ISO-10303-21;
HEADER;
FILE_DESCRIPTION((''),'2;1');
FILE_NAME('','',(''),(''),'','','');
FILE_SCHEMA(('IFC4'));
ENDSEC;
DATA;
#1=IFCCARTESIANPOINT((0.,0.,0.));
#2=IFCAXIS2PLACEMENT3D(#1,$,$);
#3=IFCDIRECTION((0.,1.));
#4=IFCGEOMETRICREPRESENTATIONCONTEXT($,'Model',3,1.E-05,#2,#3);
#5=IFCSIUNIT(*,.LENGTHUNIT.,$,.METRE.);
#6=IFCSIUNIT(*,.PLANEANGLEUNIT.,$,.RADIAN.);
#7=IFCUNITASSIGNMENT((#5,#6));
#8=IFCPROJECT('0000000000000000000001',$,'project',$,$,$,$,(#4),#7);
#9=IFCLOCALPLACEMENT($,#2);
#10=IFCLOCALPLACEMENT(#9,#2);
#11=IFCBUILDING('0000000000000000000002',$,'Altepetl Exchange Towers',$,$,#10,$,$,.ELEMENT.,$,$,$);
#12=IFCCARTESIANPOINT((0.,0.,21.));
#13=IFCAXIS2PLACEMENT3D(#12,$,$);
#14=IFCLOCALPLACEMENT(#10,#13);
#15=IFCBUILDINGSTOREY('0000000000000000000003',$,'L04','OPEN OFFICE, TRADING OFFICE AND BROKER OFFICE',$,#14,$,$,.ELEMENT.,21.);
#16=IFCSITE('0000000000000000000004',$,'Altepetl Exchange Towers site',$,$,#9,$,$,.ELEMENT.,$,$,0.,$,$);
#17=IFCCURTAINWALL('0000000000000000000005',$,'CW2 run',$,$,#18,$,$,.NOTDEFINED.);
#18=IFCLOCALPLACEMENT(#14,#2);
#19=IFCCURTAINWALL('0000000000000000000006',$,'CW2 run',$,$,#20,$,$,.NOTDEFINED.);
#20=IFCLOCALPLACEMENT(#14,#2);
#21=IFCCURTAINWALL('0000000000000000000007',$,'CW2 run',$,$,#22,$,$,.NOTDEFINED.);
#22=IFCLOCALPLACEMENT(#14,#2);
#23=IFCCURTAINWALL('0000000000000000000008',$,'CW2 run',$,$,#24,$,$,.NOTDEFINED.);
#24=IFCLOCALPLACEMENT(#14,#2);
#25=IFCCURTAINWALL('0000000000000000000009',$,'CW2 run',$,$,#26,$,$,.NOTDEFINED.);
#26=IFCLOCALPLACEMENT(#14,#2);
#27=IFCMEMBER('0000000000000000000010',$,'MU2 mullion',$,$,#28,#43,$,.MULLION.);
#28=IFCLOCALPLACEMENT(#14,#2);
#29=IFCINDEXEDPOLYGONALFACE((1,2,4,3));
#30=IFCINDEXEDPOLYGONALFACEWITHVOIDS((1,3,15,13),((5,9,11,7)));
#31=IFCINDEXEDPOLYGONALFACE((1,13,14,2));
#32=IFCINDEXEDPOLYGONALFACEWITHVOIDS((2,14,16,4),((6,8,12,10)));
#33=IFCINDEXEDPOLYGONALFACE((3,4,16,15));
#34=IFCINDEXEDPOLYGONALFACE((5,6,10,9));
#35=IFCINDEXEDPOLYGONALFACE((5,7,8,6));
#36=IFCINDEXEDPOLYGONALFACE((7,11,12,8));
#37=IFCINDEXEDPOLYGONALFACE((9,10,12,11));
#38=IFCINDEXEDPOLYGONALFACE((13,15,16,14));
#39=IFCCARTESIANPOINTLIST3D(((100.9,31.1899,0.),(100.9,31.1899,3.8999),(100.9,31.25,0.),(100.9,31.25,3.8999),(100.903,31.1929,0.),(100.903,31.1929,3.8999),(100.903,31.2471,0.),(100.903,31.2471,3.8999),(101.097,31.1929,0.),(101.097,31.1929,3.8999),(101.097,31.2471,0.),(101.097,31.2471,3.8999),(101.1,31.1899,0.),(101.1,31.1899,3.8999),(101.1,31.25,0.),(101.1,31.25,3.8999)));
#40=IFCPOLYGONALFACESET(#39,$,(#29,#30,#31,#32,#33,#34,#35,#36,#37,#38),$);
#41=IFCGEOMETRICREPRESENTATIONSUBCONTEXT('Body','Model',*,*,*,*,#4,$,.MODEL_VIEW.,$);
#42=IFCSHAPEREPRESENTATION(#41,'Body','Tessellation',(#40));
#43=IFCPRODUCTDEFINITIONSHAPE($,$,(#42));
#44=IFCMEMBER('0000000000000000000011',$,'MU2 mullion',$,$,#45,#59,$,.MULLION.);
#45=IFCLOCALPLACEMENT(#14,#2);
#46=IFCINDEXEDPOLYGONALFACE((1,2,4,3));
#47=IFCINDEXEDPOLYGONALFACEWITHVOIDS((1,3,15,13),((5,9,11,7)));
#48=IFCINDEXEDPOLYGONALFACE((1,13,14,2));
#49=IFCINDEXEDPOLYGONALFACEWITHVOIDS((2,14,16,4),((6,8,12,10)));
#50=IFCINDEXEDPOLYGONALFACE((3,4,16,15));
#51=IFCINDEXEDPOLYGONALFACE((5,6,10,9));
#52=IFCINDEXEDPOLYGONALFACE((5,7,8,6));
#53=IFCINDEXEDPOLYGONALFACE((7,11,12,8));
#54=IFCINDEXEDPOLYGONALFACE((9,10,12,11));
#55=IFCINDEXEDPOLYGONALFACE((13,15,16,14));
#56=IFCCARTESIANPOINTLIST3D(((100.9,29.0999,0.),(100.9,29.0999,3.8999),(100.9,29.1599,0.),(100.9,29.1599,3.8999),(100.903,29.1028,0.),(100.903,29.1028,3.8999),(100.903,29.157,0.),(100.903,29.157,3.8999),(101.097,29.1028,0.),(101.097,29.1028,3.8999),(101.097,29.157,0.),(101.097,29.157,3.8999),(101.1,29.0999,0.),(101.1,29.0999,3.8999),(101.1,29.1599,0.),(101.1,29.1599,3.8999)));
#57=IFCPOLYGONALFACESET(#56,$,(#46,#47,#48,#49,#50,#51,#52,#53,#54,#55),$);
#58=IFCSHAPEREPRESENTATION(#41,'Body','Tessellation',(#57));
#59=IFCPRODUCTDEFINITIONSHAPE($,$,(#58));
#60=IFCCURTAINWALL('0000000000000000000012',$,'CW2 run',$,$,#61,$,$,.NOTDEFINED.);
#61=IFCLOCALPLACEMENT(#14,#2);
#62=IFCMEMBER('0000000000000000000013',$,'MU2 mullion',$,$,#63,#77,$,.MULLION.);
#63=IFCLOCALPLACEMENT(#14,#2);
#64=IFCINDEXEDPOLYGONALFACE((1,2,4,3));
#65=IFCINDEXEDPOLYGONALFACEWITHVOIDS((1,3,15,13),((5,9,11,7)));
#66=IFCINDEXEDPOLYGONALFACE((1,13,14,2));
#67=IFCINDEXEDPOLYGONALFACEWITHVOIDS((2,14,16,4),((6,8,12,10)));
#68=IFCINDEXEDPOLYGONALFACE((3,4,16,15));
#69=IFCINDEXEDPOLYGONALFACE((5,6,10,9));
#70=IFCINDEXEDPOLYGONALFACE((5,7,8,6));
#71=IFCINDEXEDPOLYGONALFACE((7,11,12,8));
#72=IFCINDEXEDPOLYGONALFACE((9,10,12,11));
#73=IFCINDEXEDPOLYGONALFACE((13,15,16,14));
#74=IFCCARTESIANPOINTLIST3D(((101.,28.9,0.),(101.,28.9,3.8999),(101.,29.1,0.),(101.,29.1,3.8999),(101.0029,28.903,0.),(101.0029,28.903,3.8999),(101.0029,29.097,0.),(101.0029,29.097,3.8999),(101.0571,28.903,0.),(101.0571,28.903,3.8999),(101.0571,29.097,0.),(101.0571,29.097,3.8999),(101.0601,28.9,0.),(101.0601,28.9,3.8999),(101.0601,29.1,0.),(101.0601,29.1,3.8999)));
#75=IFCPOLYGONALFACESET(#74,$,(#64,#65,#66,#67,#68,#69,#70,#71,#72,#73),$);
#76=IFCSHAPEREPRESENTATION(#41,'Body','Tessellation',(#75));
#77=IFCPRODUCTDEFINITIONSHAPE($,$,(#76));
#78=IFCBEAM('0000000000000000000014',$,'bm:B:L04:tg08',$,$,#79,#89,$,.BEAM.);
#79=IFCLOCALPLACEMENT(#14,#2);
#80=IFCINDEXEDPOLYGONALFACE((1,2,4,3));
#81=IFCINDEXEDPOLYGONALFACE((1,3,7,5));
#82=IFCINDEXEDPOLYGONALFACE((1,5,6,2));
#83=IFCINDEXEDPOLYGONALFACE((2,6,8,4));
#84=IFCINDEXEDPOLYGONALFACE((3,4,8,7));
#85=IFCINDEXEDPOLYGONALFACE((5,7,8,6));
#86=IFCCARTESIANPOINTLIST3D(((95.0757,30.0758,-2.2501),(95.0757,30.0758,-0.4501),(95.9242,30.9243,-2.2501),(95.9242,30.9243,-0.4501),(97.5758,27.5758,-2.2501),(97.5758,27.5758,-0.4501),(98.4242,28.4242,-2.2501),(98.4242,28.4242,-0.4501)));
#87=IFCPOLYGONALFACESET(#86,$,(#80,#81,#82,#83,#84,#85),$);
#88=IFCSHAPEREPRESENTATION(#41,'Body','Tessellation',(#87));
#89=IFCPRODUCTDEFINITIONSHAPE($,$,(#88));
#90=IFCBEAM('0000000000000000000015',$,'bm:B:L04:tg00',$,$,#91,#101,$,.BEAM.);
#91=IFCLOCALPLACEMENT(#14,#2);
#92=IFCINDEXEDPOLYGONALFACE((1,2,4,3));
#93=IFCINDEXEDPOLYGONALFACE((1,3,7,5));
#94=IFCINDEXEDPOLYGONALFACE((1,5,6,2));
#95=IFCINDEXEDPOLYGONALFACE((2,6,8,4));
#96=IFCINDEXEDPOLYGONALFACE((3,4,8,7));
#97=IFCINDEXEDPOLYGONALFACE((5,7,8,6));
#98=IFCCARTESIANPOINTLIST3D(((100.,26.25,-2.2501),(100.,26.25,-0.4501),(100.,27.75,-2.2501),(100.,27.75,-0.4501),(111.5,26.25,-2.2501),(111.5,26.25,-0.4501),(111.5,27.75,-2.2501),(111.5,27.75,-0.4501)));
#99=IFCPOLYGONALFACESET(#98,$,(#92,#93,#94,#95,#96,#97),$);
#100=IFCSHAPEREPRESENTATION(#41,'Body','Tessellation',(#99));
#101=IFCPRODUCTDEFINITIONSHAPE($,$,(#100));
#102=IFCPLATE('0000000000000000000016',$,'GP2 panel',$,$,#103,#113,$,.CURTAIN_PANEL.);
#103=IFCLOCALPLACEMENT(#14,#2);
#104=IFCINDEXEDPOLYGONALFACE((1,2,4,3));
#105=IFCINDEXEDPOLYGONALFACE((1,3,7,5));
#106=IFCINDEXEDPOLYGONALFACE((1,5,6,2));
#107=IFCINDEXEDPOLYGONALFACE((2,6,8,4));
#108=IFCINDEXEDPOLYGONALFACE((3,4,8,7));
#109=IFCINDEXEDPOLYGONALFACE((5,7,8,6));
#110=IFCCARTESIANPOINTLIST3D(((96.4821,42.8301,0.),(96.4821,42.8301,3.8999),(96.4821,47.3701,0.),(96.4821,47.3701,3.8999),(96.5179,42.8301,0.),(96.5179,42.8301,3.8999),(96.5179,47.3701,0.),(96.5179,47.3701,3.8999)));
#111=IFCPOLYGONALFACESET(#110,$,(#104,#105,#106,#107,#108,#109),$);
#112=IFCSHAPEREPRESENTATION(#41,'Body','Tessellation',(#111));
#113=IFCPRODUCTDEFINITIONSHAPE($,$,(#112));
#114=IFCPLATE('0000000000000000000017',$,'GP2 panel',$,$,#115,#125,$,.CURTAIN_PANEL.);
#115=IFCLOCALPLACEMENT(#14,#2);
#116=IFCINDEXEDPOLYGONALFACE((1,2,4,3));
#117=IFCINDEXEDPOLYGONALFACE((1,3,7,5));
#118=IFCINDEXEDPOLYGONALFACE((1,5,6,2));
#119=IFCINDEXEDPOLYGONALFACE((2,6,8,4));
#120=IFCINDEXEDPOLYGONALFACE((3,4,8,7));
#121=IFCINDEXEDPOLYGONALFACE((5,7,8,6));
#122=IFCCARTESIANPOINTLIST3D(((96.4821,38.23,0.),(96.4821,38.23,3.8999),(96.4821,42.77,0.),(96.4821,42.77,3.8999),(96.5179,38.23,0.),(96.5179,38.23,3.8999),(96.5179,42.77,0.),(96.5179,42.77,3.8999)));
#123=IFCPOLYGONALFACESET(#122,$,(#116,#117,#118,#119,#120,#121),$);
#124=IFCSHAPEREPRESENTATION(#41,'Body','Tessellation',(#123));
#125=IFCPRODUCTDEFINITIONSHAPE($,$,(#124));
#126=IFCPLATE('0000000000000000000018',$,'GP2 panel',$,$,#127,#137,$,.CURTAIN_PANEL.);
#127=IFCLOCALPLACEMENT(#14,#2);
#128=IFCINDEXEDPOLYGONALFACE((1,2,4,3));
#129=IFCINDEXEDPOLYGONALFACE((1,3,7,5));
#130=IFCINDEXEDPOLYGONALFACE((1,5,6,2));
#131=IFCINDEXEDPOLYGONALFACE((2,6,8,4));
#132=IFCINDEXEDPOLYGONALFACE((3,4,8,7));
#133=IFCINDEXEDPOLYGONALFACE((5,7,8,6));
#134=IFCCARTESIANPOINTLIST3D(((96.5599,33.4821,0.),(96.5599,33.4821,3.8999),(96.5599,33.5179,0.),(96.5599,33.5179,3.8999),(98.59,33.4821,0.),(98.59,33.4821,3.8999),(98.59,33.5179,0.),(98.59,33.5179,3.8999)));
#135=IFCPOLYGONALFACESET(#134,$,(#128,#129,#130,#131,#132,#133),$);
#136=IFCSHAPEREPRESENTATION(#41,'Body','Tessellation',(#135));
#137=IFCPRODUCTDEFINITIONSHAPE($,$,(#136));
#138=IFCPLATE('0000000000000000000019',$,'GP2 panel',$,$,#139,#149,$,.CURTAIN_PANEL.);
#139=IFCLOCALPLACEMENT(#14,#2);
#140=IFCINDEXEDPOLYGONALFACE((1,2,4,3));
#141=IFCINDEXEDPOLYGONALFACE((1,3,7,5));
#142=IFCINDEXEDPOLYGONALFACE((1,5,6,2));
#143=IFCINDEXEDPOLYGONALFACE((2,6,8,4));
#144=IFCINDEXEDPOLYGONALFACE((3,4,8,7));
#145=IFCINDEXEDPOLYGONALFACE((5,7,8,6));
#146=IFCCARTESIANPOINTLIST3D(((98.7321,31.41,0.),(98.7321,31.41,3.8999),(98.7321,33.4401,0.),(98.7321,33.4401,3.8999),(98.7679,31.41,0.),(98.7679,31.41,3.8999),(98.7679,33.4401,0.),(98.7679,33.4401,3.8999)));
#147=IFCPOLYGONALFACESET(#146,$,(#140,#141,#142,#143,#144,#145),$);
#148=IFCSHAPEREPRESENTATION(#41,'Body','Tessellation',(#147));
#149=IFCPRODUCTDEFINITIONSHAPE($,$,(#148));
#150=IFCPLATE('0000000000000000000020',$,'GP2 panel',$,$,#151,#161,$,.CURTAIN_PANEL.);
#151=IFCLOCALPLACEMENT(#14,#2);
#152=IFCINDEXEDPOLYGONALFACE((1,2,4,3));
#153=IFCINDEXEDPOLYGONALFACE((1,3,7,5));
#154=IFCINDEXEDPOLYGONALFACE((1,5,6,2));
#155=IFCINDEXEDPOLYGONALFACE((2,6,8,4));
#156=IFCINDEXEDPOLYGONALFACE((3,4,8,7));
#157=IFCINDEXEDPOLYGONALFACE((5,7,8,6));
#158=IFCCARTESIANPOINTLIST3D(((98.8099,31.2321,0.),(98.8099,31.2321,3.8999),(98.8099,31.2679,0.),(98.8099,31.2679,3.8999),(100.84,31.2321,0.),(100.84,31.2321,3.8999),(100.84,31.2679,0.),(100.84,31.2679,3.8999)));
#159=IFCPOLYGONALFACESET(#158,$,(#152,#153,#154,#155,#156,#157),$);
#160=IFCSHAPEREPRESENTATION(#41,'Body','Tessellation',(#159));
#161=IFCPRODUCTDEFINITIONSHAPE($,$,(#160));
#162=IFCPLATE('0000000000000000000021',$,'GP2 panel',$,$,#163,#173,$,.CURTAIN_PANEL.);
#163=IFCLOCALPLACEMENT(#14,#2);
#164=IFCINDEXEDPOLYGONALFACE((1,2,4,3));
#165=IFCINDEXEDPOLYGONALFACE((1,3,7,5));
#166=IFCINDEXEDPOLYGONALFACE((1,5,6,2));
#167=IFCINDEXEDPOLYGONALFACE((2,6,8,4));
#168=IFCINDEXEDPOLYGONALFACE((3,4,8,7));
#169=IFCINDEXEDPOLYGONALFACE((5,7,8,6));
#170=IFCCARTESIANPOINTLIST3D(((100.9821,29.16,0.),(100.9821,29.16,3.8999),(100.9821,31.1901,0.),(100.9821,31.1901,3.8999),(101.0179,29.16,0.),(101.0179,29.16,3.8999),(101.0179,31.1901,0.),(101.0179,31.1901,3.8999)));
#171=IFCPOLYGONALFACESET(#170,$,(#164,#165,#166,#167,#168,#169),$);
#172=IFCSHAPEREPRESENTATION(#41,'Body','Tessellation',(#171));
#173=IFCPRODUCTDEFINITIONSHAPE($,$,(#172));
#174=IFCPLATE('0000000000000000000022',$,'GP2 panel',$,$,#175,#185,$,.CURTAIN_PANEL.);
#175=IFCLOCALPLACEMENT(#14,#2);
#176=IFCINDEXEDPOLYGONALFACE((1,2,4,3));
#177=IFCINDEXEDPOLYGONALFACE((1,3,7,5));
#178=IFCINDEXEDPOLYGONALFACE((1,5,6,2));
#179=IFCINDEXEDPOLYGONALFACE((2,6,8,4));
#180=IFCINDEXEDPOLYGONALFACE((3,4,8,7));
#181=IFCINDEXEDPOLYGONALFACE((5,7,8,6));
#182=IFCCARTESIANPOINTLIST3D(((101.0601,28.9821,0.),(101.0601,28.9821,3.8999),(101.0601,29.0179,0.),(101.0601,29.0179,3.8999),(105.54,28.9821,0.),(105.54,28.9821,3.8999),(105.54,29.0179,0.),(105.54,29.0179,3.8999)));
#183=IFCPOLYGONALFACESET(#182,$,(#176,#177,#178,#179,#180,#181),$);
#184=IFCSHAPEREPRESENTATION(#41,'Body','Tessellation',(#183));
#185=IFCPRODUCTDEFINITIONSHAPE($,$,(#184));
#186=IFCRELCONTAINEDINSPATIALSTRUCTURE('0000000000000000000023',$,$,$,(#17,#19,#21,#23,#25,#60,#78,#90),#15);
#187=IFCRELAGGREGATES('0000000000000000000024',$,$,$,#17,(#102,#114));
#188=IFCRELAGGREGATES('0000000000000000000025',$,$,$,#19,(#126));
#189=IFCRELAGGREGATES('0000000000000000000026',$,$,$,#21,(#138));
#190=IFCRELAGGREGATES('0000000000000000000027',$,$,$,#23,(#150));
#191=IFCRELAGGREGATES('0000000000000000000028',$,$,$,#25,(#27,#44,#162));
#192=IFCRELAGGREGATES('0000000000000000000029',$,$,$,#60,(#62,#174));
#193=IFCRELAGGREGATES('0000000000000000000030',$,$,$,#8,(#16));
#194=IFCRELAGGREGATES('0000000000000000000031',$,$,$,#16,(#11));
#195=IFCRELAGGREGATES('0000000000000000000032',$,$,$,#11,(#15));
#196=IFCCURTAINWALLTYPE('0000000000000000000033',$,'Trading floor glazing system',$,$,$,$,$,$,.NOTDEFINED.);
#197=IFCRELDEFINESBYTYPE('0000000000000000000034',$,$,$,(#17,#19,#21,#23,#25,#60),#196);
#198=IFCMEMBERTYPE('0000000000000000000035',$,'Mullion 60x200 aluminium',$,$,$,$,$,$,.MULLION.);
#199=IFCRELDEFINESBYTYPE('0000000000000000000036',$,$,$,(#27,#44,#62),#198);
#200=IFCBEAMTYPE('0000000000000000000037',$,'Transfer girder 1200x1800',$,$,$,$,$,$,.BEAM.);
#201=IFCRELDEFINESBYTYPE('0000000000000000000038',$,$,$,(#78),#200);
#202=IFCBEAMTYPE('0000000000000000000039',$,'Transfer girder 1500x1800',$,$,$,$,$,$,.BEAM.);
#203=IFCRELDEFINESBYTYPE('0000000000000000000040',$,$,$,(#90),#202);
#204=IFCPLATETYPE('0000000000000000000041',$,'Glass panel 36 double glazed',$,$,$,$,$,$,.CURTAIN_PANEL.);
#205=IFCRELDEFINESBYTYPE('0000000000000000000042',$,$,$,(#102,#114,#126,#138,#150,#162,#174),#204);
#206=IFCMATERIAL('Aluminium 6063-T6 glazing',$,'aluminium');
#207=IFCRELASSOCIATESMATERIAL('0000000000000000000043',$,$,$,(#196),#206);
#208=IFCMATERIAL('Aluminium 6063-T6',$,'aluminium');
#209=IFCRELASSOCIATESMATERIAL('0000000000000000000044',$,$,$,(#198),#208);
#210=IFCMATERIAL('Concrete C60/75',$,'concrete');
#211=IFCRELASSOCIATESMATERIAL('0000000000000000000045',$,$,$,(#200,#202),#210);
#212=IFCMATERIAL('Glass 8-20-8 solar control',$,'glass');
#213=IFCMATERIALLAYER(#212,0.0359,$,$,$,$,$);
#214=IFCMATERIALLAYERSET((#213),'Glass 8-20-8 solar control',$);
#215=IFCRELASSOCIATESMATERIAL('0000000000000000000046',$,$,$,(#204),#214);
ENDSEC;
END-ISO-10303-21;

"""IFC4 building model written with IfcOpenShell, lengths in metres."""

from ifc_helpers import new_model, si_unit, direction, frame, origin, origin_2d, place, context, subcontext, project, spatial, rectangle, hollow_rectangle, extrude, material, layer, layer_set, material_profile, profile_set, type_object, element, aggregate, save


model = new_model("IFC4")

# Units and contexts
model_context = context("Model", 3, precision=1e-05, world=origin(), true_north=direction((0.0, 1.0)))
body_context = subcontext(model_context, "Body", "Model", "MODEL_VIEW")
ifc_project = project(units=[si_unit("LENGTHUNIT", "METRE"), si_unit("PLANEANGLEUNIT", "RADIAN")], contexts=[model_context])

# Site, building, storey
site_placement = place(None, origin())
site = spatial("IfcSite", under=ifc_project, at=site_placement, Name="Altepetl Exchange Towers site", CompositionType="ELEMENT", RefElevation=0.0)
building_placement = place(site_placement, origin())
building = spatial("IfcBuilding", under=site, at=building_placement, Name="Altepetl Exchange Towers", CompositionType="ELEMENT")
storey_placement = place(building_placement, frame((0.0, 0.0, 21.0)))
storey = spatial("IfcBuildingStorey", under=building, at=storey_placement, Name="L04", Description="OPEN OFFICE, TRADING OFFICE AND BROKER OFFICE", CompositionType="ELEMENT", Elevation=21.0)

# Curtain walls, members
ifc_material_1 = material(Name="Aluminium 6063-T6 glazing", Category="aluminium")
curtain_wall_type = type_object("IfcCurtainWallType", Name="Trading floor glazing system", PredefinedType="NOTDEFINED", material=ifc_material_1)
curtain_wall_1_placement = place(storey_placement, origin())
curtain_wall_1 = element("IfcCurtainWall", 1, at=curtain_wall_1_placement, inside=storey, type_object=curtain_wall_type, Name="CW2 run", PredefinedType="NOTDEFINED")
ifc_material_2 = material(Name="Aluminium 6063-T6", Category="aluminium")
ifc_material_profile_1 = material_profile(ifc_material_2, hollow_rectangle(XDim=0.0601, YDim=0.2, WallThickness=0.0029, at=origin_2d()), Name="Mullion 60x200 aluminium")
ifc_profile_set_1 = profile_set([ifc_material_profile_1], Name="Aluminium 6063-T6")
member_type = type_object("IfcMemberType", Name="Mullion 60x200 aluminium", PredefinedType="MULLION", material=ifc_profile_set_1)
curtain_wall_2_placement = place(storey_placement, origin())
curtain_wall_2 = element("IfcCurtainWall", 2, at=curtain_wall_2_placement, inside=storey, type_object=curtain_wall_type, Name="CW2 run", PredefinedType="NOTDEFINED")
curtain_wall_3_placement = place(storey_placement, origin())
curtain_wall_3 = element("IfcCurtainWall", 3, at=curtain_wall_3_placement, inside=storey, type_object=curtain_wall_type, Name="CW2 run", PredefinedType="NOTDEFINED")
curtain_wall_4_placement = place(storey_placement, origin())
curtain_wall_4 = element("IfcCurtainWall", 4, at=curtain_wall_4_placement, inside=storey, type_object=curtain_wall_type, Name="CW2 run", PredefinedType="NOTDEFINED")
curtain_wall_5_placement = place(storey_placement, origin())
curtain_wall_5 = element("IfcCurtainWall", 5, at=curtain_wall_5_placement, inside=storey, type_object=curtain_wall_type, Name="CW2 run", PredefinedType="NOTDEFINED")
member_1_placement = place(storey_placement, frame((101.0, 31.22, 0.0), z_axis=(0.0, 0.0, 1.0), x_axis=(0.0, -1.0, 0.0)))
member_1 = element("IfcMember", 6, at=member_1_placement, type_object=member_type, Name="MU2 mullion", PredefinedType="MULLION", context=body_context, shape_type="SweptSolid", body=[
    extrude(hollow_rectangle(XDim=0.0601, YDim=0.2, WallThickness=0.0029, at=origin_2d()), origin(), (0.0, 0.0, 1.0), 3.8999),
])
member_2_placement = place(storey_placement, frame((101.0, 29.1299, 0.0), z_axis=(0.0, 0.0, 1.0), x_axis=(0.0, -1.0, 0.0)))
member_2 = element("IfcMember", 7, at=member_2_placement, type_object=member_type, Name="MU2 mullion", PredefinedType="MULLION", context=body_context, shape_type="SweptSolid", body=[
    extrude(hollow_rectangle(XDim=0.0601, YDim=0.2, WallThickness=0.0029, at=origin_2d()), origin(), (0.0, 0.0, 1.0), 3.8999),
])

# Curtain wall, member
curtain_wall_6_placement = place(storey_placement, origin())
curtain_wall_6 = element("IfcCurtainWall", 8, at=curtain_wall_6_placement, inside=storey, type_object=curtain_wall_type, Name="CW2 run", PredefinedType="NOTDEFINED")
member_3_placement = place(storey_placement, frame((101.03, 29.0, 0.0)))
member_3 = element("IfcMember", 9, at=member_3_placement, type_object=member_type, Name="MU2 mullion", PredefinedType="MULLION", context=body_context, shape_type="SweptSolid", body=[
    extrude(hollow_rectangle(XDim=0.0601, YDim=0.2, WallThickness=0.0029, at=origin_2d()), origin(), (0.0, 0.0, 1.0), 3.8999),
])

# Beams
ifc_material_3 = material(Name="Concrete C60/75", Category="concrete")
ifc_material_profile_2 = material_profile(ifc_material_3, rectangle(XDim=1.2, YDim=1.8, at=origin_2d()), Name="1200 x 1800")
ifc_profile_set_2 = profile_set([ifc_material_profile_2], Name="Concrete C60/75")
beam_type_1 = type_object("IfcBeamType", Name="Transfer girder 1200x1800", PredefinedType="BEAM", material=ifc_profile_set_2)
beam_1_placement = place(storey_placement, frame((98.0, 28.0, -1.3501), z_axis=(-0.707107, 0.707107, 0.0), x_axis=(-0.707107, -0.707107, 0.0)))
element("IfcBeam", 10, at=beam_1_placement, inside=storey, type_object=beam_type_1, Name="bm:B:L04:tg08", PredefinedType="BEAM", context=body_context, shape_type="SweptSolid", body=[
    extrude(rectangle(XDim=1.2, YDim=1.8, at=origin_2d()), origin(), (0.0, 0.0, 1.0), 3.5356),
])
ifc_material_profile_3 = material_profile(ifc_material_3, rectangle(XDim=1.5, YDim=1.8, at=origin_2d()), Name="1500 x 1800")
ifc_profile_set_3 = profile_set([ifc_material_profile_3], Name="Concrete C60/75")
beam_type_2 = type_object("IfcBeamType", Name="Transfer girder 1500x1800", PredefinedType="BEAM", material=ifc_profile_set_3)
beam_2_placement = place(storey_placement, frame((100.0, 27.0, -1.3501), z_axis=(1.0, 0.0, 0.0), x_axis=(0.0, 1.0, 0.0)))
element("IfcBeam", 11, at=beam_2_placement, inside=storey, type_object=beam_type_2, Name="bm:B:L04:tg00", PredefinedType="BEAM", context=body_context, shape_type="SweptSolid", body=[
    extrude(rectangle(XDim=1.5, YDim=1.8, at=origin_2d()), origin(), (0.0, 0.0, 1.0), 11.5),
])

# Plates
ifc_material_4 = material(Name="Glass 8-20-8 solar control", Category="glass")
ifc_layer_1 = layer(ifc_material_4, 0.0359)
ifc_layer_set_1 = layer_set([ifc_layer_1], Name="Glass 8-20-8 solar control")
plate_type = type_object("IfcPlateType", Name="Glass panel 36 double glazed", PredefinedType="CURTAIN_PANEL", material=ifc_layer_set_1)
plate_1_placement = place(storey_placement, frame((96.5, 45.1001, 0.0), z_axis=(0.0, 0.0, 1.0), x_axis=(0.0, -1.0, 0.0)))
plate_1 = element("IfcPlate", 12, at=plate_1_placement, type_object=plate_type, Name="GP2 panel", PredefinedType="CURTAIN_PANEL", context=body_context, shape_type="SweptSolid", body=[
    extrude(rectangle(XDim=4.54, YDim=0.0359, at=origin_2d()), origin(), (0.0, 0.0, 1.0), 3.8999),
])
plate_2_placement = place(storey_placement, frame((96.5, 40.5, 0.0), z_axis=(0.0, 0.0, 1.0), x_axis=(0.0, -1.0, 0.0)))
plate_2 = element("IfcPlate", 13, at=plate_2_placement, type_object=plate_type, Name="GP2 panel", PredefinedType="CURTAIN_PANEL", context=body_context, shape_type="SweptSolid", body=[
    extrude(rectangle(XDim=4.54, YDim=0.0359, at=origin_2d()), origin(), (0.0, 0.0, 1.0), 3.8999),
])
aggregate(curtain_wall_1, [plate_1, plate_2])
plate_3_placement = place(storey_placement, frame((97.575, 33.5, 0.0)))
plate_3 = element("IfcPlate", 14, at=plate_3_placement, type_object=plate_type, Name="GP2 panel", PredefinedType="CURTAIN_PANEL", context=body_context, shape_type="SweptSolid", body=[
    extrude(rectangle(XDim=2.03, YDim=0.0359, at=origin_2d()), origin(), (0.0, 0.0, 1.0), 3.8999),
])
aggregate(curtain_wall_2, [plate_3])
plate_4_placement = place(storey_placement, frame((98.75, 32.425, 0.0), z_axis=(0.0, 0.0, 1.0), x_axis=(0.0, -1.0, 0.0)))
plate_4 = element("IfcPlate", 15, at=plate_4_placement, type_object=plate_type, Name="GP2 panel", PredefinedType="CURTAIN_PANEL", context=body_context, shape_type="SweptSolid", body=[
    extrude(rectangle(XDim=2.03, YDim=0.0359, at=origin_2d()), origin(), (0.0, 0.0, 1.0), 3.8999),
])
aggregate(curtain_wall_3, [plate_4])
plate_5_placement = place(storey_placement, frame((99.825, 31.25, 0.0)))
plate_5 = element("IfcPlate", 16, at=plate_5_placement, type_object=plate_type, Name="GP2 panel", PredefinedType="CURTAIN_PANEL", context=body_context, shape_type="SweptSolid", body=[
    extrude(rectangle(XDim=2.03, YDim=0.0359, at=origin_2d()), origin(), (0.0, 0.0, 1.0), 3.8999),
])
aggregate(curtain_wall_4, [plate_5])
plate_6_placement = place(storey_placement, frame((101.0, 30.175, 0.0), z_axis=(0.0, 0.0, 1.0), x_axis=(0.0, -1.0, 0.0)))
plate_6 = element("IfcPlate", 17, at=plate_6_placement, type_object=plate_type, Name="GP2 panel", PredefinedType="CURTAIN_PANEL", context=body_context, shape_type="SweptSolid", body=[
    extrude(rectangle(XDim=2.03, YDim=0.0359, at=origin_2d()), origin(), (0.0, 0.0, 1.0), 3.8999),
])
aggregate(curtain_wall_5, [member_1, member_2, plate_6])
plate_7_placement = place(storey_placement, frame((103.3, 29.0, 0.0)))
plate_7 = element("IfcPlate", 18, at=plate_7_placement, type_object=plate_type, Name="GP2 panel", PredefinedType="CURTAIN_PANEL", context=body_context, shape_type="SweptSolid", body=[
    extrude(rectangle(XDim=4.48, YDim=0.0359, at=origin_2d()), origin(), (0.0, 0.0, 1.0), 3.8999),
])
aggregate(curtain_wall_6, [member_3, plate_7])

save(model, "model.ifc")
